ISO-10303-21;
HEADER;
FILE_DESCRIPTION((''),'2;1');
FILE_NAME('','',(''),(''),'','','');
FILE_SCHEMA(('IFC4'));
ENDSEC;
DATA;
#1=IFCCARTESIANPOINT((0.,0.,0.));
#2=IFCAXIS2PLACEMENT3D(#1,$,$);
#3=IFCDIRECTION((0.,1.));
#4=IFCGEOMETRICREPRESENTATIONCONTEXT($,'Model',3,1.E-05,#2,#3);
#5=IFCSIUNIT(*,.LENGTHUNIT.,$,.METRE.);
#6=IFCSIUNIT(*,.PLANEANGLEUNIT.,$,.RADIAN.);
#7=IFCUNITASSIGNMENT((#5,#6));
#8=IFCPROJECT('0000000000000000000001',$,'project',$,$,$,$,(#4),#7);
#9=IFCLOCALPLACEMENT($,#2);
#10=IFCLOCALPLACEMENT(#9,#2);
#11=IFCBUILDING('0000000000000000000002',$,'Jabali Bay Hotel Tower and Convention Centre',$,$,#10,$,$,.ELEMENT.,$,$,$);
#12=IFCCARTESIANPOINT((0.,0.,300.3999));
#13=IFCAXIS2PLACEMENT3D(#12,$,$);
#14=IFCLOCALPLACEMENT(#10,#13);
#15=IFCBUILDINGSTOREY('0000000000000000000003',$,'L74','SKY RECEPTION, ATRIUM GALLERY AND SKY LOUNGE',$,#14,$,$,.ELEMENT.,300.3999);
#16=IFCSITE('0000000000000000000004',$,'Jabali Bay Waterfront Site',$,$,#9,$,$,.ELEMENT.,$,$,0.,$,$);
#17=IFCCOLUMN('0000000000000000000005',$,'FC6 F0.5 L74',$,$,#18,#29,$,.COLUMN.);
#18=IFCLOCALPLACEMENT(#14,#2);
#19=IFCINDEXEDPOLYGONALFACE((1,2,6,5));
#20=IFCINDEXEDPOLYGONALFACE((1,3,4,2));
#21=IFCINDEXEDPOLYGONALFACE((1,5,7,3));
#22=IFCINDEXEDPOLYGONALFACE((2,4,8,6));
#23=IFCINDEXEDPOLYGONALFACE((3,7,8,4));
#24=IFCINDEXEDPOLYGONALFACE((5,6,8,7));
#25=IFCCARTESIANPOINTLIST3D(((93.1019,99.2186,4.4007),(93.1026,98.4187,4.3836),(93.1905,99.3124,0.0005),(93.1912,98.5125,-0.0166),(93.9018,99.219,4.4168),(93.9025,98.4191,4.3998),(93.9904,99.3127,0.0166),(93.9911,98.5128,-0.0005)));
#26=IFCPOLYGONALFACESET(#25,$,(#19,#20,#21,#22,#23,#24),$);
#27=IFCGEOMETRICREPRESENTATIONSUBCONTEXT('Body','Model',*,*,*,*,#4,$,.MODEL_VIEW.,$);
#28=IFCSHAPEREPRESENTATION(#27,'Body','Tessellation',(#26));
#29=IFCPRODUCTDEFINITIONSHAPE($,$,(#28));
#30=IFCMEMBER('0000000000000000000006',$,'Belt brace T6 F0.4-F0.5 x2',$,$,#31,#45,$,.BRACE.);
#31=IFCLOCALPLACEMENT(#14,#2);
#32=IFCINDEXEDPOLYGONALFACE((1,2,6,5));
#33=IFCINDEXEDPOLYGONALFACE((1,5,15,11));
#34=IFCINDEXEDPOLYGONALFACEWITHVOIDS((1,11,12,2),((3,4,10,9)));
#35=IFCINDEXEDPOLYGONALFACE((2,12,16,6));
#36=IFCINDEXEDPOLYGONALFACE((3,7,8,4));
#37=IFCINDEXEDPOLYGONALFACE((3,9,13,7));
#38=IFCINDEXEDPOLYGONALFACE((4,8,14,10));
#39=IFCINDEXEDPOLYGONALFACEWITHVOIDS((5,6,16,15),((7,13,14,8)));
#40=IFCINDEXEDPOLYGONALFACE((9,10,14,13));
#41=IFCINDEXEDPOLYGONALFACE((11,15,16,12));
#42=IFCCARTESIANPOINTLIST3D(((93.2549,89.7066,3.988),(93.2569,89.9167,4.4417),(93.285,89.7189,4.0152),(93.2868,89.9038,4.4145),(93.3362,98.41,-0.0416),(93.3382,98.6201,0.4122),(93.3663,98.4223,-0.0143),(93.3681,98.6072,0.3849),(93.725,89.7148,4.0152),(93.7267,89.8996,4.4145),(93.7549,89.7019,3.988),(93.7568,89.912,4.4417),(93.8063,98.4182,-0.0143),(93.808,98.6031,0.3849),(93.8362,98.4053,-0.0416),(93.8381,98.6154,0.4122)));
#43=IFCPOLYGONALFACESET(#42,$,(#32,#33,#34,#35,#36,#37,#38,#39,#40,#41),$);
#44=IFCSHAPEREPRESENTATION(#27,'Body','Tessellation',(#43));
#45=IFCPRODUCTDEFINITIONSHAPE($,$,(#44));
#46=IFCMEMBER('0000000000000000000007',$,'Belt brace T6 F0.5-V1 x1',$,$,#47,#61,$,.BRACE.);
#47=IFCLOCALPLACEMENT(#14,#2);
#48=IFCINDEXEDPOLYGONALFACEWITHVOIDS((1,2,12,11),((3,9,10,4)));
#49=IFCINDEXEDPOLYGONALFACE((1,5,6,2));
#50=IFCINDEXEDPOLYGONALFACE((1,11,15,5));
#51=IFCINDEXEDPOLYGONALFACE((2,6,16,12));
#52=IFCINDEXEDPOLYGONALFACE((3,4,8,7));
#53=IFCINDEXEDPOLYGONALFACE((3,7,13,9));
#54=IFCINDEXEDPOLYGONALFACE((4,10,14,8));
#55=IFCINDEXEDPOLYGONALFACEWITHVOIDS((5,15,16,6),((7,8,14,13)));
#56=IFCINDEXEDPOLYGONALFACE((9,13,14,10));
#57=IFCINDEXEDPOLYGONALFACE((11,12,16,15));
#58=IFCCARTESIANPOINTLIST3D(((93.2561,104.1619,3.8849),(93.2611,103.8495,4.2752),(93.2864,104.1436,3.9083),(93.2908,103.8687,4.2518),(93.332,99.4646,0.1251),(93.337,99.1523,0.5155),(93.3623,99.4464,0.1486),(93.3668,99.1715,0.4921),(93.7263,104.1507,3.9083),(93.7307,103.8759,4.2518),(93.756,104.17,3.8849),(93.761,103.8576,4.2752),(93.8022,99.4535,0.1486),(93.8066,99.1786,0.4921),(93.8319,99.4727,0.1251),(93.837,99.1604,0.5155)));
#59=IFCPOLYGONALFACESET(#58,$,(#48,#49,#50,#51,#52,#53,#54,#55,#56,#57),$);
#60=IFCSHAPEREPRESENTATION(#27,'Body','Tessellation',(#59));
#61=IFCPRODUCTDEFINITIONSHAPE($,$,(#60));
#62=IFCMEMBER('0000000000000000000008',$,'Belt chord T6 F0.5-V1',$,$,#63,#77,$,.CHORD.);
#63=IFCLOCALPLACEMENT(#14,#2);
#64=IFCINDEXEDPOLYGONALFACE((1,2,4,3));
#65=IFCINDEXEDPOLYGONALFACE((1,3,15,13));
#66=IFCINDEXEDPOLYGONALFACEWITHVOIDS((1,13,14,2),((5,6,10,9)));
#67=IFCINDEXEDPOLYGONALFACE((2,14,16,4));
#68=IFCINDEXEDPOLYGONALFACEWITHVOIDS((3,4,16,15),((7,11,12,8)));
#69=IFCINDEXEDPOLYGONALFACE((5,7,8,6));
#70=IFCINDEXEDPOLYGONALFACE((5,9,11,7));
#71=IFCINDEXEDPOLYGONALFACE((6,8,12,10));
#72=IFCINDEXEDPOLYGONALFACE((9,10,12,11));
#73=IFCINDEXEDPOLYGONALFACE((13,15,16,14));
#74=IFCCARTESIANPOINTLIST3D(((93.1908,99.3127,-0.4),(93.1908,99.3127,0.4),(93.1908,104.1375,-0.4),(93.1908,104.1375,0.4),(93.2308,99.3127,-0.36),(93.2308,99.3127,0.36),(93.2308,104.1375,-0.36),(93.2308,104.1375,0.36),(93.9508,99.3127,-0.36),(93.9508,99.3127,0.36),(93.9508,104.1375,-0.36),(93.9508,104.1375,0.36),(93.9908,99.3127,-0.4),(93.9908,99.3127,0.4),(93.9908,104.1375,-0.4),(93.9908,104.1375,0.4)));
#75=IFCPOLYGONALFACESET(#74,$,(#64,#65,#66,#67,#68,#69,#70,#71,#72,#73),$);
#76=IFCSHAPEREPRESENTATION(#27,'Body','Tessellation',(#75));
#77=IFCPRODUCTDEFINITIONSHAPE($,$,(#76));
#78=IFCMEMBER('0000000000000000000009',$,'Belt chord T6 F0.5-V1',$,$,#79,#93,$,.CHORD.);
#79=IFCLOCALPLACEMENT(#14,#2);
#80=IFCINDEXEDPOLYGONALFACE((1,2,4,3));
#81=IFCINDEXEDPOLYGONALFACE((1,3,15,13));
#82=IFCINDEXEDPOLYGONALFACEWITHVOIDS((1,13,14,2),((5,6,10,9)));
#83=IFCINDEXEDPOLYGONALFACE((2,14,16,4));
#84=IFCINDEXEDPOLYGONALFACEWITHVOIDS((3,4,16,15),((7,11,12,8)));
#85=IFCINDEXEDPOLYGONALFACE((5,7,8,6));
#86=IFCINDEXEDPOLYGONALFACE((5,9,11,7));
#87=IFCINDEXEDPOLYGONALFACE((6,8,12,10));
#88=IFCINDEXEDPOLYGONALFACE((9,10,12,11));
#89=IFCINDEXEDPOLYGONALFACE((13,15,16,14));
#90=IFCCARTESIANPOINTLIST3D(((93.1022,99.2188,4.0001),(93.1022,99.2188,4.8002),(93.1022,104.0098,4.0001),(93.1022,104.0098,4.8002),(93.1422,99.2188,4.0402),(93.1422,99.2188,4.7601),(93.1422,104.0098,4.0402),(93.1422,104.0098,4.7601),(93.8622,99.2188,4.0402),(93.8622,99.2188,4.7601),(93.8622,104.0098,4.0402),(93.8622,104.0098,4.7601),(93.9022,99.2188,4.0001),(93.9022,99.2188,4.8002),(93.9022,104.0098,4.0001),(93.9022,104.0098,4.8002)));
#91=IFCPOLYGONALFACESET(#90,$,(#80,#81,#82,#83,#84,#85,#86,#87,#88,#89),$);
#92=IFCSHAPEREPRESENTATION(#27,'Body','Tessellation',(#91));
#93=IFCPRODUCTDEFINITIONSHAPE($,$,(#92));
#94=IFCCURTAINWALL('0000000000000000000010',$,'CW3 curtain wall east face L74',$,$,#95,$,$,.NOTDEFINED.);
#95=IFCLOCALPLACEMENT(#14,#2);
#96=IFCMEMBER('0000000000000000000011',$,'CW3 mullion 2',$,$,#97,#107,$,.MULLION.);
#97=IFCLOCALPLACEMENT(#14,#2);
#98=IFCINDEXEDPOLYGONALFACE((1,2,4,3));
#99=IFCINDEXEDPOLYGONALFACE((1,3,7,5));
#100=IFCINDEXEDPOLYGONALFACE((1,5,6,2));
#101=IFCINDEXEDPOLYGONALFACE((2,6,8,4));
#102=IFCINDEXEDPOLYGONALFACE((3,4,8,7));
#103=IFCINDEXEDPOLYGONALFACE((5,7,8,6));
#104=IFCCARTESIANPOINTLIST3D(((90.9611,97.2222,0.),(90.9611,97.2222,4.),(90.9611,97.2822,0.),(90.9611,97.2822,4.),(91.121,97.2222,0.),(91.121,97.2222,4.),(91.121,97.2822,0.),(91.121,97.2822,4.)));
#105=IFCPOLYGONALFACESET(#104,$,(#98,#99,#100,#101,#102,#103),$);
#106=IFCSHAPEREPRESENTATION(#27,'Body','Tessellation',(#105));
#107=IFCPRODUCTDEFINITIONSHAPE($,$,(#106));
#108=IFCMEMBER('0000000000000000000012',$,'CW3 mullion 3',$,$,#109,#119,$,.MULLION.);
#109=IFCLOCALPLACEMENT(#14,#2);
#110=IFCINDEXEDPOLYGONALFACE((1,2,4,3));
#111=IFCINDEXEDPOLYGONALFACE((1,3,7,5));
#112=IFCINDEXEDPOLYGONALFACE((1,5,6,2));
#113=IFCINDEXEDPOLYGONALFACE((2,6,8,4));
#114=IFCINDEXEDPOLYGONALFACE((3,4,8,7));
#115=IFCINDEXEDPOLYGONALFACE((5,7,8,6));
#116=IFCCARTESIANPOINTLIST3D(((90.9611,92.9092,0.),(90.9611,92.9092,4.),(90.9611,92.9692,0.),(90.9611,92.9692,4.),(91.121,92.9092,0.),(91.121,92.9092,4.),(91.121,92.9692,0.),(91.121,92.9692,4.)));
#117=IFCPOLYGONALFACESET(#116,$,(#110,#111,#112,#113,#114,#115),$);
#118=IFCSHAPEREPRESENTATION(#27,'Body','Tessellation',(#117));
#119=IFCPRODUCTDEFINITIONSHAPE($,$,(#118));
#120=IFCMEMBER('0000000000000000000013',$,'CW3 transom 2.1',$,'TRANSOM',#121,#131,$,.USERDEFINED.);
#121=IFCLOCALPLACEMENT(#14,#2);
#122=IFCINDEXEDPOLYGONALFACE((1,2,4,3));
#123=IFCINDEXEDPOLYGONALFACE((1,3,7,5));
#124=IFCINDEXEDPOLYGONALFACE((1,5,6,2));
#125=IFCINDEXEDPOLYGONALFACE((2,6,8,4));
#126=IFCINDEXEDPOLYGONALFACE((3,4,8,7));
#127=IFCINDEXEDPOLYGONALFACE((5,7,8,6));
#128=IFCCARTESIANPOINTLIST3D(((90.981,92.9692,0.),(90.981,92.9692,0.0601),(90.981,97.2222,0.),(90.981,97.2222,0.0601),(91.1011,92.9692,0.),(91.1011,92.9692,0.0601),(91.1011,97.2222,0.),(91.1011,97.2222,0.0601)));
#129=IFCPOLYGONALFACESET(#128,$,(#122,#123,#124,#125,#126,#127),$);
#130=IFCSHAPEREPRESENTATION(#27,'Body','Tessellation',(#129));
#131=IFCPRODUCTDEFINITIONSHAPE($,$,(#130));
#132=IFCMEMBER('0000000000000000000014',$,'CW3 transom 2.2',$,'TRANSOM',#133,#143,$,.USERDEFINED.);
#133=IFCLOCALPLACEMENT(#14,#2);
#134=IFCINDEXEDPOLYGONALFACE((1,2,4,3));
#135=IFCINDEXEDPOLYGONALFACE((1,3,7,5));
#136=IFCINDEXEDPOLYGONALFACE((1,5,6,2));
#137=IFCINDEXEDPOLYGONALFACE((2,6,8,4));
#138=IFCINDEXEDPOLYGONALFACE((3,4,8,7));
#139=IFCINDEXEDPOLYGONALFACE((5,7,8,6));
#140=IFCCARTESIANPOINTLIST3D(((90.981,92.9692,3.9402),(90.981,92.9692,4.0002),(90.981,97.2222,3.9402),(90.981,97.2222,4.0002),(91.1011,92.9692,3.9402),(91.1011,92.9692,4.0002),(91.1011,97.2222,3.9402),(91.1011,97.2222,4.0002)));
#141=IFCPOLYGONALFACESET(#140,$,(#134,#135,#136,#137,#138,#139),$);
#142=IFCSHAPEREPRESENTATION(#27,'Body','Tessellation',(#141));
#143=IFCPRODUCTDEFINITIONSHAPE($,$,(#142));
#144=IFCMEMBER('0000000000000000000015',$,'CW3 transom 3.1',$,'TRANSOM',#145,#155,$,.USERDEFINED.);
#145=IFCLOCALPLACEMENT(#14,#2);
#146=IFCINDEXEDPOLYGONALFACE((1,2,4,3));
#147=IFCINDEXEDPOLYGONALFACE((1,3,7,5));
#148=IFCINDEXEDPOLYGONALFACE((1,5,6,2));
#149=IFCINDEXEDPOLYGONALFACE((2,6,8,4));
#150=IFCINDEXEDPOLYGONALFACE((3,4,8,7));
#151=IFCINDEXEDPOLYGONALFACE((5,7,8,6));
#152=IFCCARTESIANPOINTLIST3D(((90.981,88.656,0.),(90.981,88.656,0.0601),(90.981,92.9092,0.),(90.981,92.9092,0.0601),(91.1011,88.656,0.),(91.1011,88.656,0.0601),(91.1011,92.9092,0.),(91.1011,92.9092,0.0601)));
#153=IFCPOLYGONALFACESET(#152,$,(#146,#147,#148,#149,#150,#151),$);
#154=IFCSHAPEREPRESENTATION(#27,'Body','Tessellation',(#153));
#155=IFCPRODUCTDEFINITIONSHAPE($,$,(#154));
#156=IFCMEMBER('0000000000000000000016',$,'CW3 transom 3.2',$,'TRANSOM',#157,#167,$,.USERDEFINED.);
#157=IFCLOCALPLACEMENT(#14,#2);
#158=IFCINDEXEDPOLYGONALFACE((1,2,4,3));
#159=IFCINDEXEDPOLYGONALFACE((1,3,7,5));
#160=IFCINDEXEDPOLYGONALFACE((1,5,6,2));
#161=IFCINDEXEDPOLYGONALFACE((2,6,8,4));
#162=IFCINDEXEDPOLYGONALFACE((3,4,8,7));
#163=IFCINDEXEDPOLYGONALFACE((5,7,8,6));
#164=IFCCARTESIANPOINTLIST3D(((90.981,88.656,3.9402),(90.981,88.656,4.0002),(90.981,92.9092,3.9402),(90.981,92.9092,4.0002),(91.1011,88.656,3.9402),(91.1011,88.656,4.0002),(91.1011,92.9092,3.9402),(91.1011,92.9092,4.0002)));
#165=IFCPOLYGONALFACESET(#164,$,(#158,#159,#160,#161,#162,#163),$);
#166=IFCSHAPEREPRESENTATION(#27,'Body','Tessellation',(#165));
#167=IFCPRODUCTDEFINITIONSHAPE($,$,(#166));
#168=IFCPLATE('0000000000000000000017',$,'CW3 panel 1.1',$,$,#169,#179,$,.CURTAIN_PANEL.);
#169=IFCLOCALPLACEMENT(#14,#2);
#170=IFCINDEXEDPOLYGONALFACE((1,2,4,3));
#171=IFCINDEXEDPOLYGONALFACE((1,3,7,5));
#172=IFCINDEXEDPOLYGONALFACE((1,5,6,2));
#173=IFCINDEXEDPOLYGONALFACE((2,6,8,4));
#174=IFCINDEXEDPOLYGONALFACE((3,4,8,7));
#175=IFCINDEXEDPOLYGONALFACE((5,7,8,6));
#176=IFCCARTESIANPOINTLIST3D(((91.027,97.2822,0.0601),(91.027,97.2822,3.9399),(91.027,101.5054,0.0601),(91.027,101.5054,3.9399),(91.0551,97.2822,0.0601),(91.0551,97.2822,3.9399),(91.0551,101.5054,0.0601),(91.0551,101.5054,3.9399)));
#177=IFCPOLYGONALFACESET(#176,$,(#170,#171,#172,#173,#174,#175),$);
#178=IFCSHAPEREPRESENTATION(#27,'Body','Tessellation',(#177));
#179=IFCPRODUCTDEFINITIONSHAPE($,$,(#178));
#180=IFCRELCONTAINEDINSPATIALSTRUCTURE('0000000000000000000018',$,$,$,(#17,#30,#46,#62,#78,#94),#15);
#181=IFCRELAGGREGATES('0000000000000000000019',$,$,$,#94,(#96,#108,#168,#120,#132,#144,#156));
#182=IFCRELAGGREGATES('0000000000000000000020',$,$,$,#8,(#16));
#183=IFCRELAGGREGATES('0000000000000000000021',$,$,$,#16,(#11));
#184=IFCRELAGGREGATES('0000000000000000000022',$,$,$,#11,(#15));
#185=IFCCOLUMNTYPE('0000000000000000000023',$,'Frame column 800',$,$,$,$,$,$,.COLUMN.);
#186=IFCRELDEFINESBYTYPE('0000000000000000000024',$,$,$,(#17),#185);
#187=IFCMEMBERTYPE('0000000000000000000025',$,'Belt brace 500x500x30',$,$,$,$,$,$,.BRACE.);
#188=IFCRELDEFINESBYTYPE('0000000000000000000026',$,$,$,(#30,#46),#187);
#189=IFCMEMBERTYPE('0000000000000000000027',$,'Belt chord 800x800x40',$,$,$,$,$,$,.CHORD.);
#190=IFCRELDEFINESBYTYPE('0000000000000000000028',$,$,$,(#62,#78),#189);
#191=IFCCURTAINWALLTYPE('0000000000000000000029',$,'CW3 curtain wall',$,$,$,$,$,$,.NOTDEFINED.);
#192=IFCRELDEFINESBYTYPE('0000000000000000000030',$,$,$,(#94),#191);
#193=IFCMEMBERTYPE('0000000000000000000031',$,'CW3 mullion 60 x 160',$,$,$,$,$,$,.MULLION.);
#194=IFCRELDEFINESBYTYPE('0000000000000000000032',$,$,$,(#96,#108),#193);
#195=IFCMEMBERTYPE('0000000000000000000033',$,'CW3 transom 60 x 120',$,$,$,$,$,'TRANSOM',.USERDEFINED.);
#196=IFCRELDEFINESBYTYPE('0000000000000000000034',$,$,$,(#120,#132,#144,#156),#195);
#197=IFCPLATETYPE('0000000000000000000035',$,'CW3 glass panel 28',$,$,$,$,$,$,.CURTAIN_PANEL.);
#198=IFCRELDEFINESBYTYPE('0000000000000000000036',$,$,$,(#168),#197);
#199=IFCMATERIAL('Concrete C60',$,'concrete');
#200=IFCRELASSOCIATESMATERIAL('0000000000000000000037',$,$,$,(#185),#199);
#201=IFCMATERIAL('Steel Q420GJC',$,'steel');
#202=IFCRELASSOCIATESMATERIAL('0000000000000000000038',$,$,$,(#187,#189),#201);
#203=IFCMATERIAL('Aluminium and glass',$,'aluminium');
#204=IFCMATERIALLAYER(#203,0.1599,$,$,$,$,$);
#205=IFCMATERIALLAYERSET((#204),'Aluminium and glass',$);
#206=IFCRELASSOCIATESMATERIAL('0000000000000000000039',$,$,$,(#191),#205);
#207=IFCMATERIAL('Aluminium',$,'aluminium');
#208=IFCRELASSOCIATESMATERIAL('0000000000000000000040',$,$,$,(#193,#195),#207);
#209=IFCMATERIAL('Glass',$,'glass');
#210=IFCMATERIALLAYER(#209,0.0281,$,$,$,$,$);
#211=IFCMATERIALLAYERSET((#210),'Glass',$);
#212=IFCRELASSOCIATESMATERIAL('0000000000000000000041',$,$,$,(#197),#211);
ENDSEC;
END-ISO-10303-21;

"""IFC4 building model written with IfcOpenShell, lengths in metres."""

from ifc_helpers import new_model, si_unit, direction, frame, origin, origin_2d, place, context, subcontext, project, spatial, rectangle, hollow_rectangle, extrude, material, layer, layer_set, material_profile, profile_set, type_object, element, aggregate, save


model = new_model("IFC4")

# Units and contexts
model_context = context("Model", 3, precision=1e-05, world=origin(), true_north=direction((0.0, 1.0)))
body_context = subcontext(model_context, "Body", "Model", "MODEL_VIEW")
ifc_project = project(units=[si_unit("LENGTHUNIT", "METRE"), si_unit("PLANEANGLEUNIT", "RADIAN")], contexts=[model_context])

# Site, building, storey
site_placement = place(None, origin())
site = spatial("IfcSite", under=ifc_project, at=site_placement, Name="Jabali Bay Waterfront Site", CompositionType="ELEMENT", RefElevation=0.0)
building_placement = place(site_placement, origin())
building = spatial("IfcBuilding", under=site, at=building_placement, Name="Jabali Bay Hotel Tower and Convention Centre", CompositionType="ELEMENT")
storey_placement = place(building_placement, frame((0.0, 0.0, 300.3999)))
storey = spatial("IfcBuildingStorey", under=building, at=storey_placement, Name="L74", Description="SKY RECEPTION, ATRIUM GALLERY AND SKY LOUNGE", CompositionType="ELEMENT", Elevation=300.3999)

# Column
ifc_material_1 = material(Name="Concrete C60", Category="concrete")
ifc_material_profile_1 = material_profile(ifc_material_1, rectangle(XDim=0.8, YDim=0.8, at=origin_2d()), Name="Frame column 800")
ifc_profile_set_1 = profile_set([ifc_material_profile_1], Name="Concrete C60")
column_type = type_object("IfcColumnType", Name="Frame column 800", PredefinedType="COLUMN", material=ifc_profile_set_1)
column_placement = place(storey_placement, frame((93.5908, 98.9126, 0.0), z_axis=(-0.020132, -0.021297, 0.99957), x_axis=(0.999797, 0.000429, 0.020146)))
element("IfcColumn", 1, at=column_placement, inside=storey, type_object=column_type, Name="FC6 F0.5 L74", PredefinedType="COLUMN", context=body_context, shape_type="SweptSolid", body=[
    extrude(rectangle(XDim=0.8, YDim=0.8, at=origin_2d()), origin(), (0.0, 0.0, 1.0), 4.4021),
])

# Members
ifc_material_2 = material(Name="Steel Q420GJC", Category="steel")
ifc_material_profile_2 = material_profile(ifc_material_2, hollow_rectangle(XDim=0.5, YDim=0.5, WallThickness=0.03, at=origin_2d()), Name="Belt brace 500x500x30")
ifc_profile_set_2 = profile_set([ifc_material_profile_2], Name="Steel Q420GJC")
member_type_1 = type_object("IfcMemberType", Name="Belt brace 500x500x30", PredefinedType="BRACE", material=ifc_profile_set_2)
member_1_placement = place(storey_placement, frame((93.5872, 98.5127, 0.1853), z_axis=(-0.008476, -0.907426, 0.420126), x_axis=(0.999956, -0.009341, 0.0)))
element("IfcMember", 2, at=member_1_placement, inside=storey, type_object=member_type_1, Name="Belt brace T6 F0.4-F0.5 x2", PredefinedType="BRACE", context=body_context, shape_type="SweptSolid", body=[
    extrude(hollow_rectangle(XDim=0.5, YDim=0.5, WallThickness=0.03, at=origin_2d()), origin(), (0.0, 0.0, 1.0), 9.5913),
])
member_2_placement = place(storey_placement, frame((93.5845, 99.3125, 0.3203), z_axis=(-0.012619, 0.780648, 0.624843), x_axis=(-0.999869, -0.016162, 0.0)))
element("IfcMember", 3, at=member_2_placement, inside=storey, type_object=member_type_1, Name="Belt brace T6 F0.5-V1 x1", PredefinedType="BRACE", context=body_context, shape_type="SweptSolid", body=[
    extrude(hollow_rectangle(XDim=0.5, YDim=0.5, WallThickness=0.03, at=origin_2d()), origin(), (0.0, 0.0, 1.0), 6.0171),
])
ifc_material_profile_3 = material_profile(ifc_material_2, hollow_rectangle(XDim=0.8, YDim=0.8, WallThickness=0.04, at=origin_2d()), Name="Belt chord 800x800x40")
ifc_profile_set_3 = profile_set([ifc_material_profile_3], Name="Steel Q420GJC")
member_type_2 = type_object("IfcMemberType", Name="Belt chord 800x800x40", PredefinedType="CHORD", material=ifc_profile_set_3)
member_3_placement = place(storey_placement, frame((93.5908, 99.3127, 0.0), z_axis=(0.0, 1.0, 0.0), x_axis=(-1.0, 0.0, 0.0)))
element("IfcMember", 4, at=member_3_placement, inside=storey, type_object=member_type_2, Name="Belt chord T6 F0.5-V1", PredefinedType="CHORD", context=body_context, shape_type="SweptSolid", body=[
    extrude(hollow_rectangle(XDim=0.8, YDim=0.8, WallThickness=0.04, at=origin_2d()), origin(), (0.0, 0.0, 1.0), 4.8247),
])
member_4_placement = place(storey_placement, frame((93.5022, 99.2188, 4.4001), z_axis=(0.0, 1.0, 0.0), x_axis=(-1.0, 0.0, 0.0)))
element("IfcMember", 5, at=member_4_placement, inside=storey, type_object=member_type_2, Name="Belt chord T6 F0.5-V1", PredefinedType="CHORD", context=body_context, shape_type="SweptSolid", body=[
    extrude(hollow_rectangle(XDim=0.8, YDim=0.8, WallThickness=0.04, at=origin_2d()), origin(), (0.0, 0.0, 1.0), 4.791),
])

# Curtain wall, members, plate
ifc_material_3 = material(Name="Aluminium and glass", Category="aluminium")
ifc_layer_1 = layer(ifc_material_3, 0.1599)
ifc_layer_set_1 = layer_set([ifc_layer_1], Name="Aluminium and glass")
curtain_wall_type = type_object("IfcCurtainWallType", Name="CW3 curtain wall", PredefinedType="NOTDEFINED", material=ifc_layer_set_1)
curtain_wall_placement = place(storey_placement, origin())
curtain_wall = element("IfcCurtainWall", 6, at=curtain_wall_placement, inside=storey, type_object=curtain_wall_type, Name="CW3 curtain wall east face L74", PredefinedType="NOTDEFINED")
ifc_material_4 = material(Name="Aluminium", Category="aluminium")
ifc_material_profile_4 = material_profile(ifc_material_4, rectangle(XDim=0.1599, YDim=0.0601, at=origin_2d()), Name="CW3 mullion 60 x 160")
ifc_profile_set_4 = profile_set([ifc_material_profile_4], Name="Aluminium")
member_type_3 = type_object("IfcMemberType", Name="CW3 mullion 60 x 160", PredefinedType="MULLION", material=ifc_profile_set_4)
member_5_placement = place(storey_placement, frame((91.041, 97.2522, 0.0), z_axis=(0.0, 0.0, 1.0), x_axis=(1.0, 0.0, 0.0)))
member_5 = element("IfcMember", 7, at=member_5_placement, type_object=member_type_3, Name="CW3 mullion 2", PredefinedType="MULLION", context=body_context, shape_type="SweptSolid", body=[
    extrude(rectangle(XDim=0.1599, YDim=0.0601, at=origin_2d()), origin(), (0.0, 0.0, 1.0), 4.0),
])
member_6_placement = place(storey_placement, frame((91.041, 92.9392, 0.0), z_axis=(0.0, 0.0, 1.0), x_axis=(1.0, 0.0, 0.0)))
member_6 = element("IfcMember", 8, at=member_6_placement, type_object=member_type_3, Name="CW3 mullion 3", PredefinedType="MULLION", context=body_context, shape_type="SweptSolid", body=[
    extrude(rectangle(XDim=0.1599, YDim=0.0601, at=origin_2d()), origin(), (0.0, 0.0, 1.0), 4.0),
])
ifc_material_profile_5 = material_profile(ifc_material_4, rectangle(XDim=0.1201, YDim=0.0601, at=origin_2d()), Name="CW3 transom 60 x 120")
ifc_profile_set_5 = profile_set([ifc_material_profile_5], Name="Aluminium")
member_type_4 = type_object("IfcMemberType", Name="CW3 transom 60 x 120", ElementType="TRANSOM", PredefinedType="USERDEFINED", material=ifc_profile_set_5)
member_7_placement = place(storey_placement, frame((91.041, 97.2222, 0.03), z_axis=(0.0, -1.0, 0.0), x_axis=(1.0, 0.0, 0.0)))
member_7 = element("IfcMember", 9, at=member_7_placement, type_object=member_type_4, Name="CW3 transom 2.1", ObjectType="TRANSOM", PredefinedType="USERDEFINED", context=body_context, shape_type="SweptSolid", body=[
    extrude(rectangle(XDim=0.1201, YDim=0.0601, at=origin_2d()), origin(), (0.0, 0.0, 1.0), 4.2529),
])
member_8_placement = place(storey_placement, frame((91.041, 97.2222, 3.9702), z_axis=(0.0, -1.0, 0.0), x_axis=(1.0, 0.0, 0.0)))
member_8 = element("IfcMember", 10, at=member_8_placement, type_object=member_type_4, Name="CW3 transom 2.2", ObjectType="TRANSOM", PredefinedType="USERDEFINED", context=body_context, shape_type="SweptSolid", body=[
    extrude(rectangle(XDim=0.1201, YDim=0.0601, at=origin_2d()), origin(), (0.0, 0.0, 1.0), 4.2529),
])
member_9_placement = place(storey_placement, frame((91.041, 92.9092, 0.03), z_axis=(0.0, -1.0, 0.0), x_axis=(1.0, 0.0, 0.0)))
member_9 = element("IfcMember", 11, at=member_9_placement, type_object=member_type_4, Name="CW3 transom 3.1", ObjectType="TRANSOM", PredefinedType="USERDEFINED", context=body_context, shape_type="SweptSolid", body=[
    extrude(rectangle(XDim=0.1201, YDim=0.0601, at=origin_2d()), origin(), (0.0, 0.0, 1.0), 4.2532),
])
member_10_placement = place(storey_placement, frame((91.041, 92.9092, 3.9702), z_axis=(0.0, -1.0, 0.0), x_axis=(1.0, 0.0, 0.0)))
member_10 = element("IfcMember", 12, at=member_10_placement, type_object=member_type_4, Name="CW3 transom 3.2", ObjectType="TRANSOM", PredefinedType="USERDEFINED", context=body_context, shape_type="SweptSolid", body=[
    extrude(rectangle(XDim=0.1201, YDim=0.0601, at=origin_2d()), origin(), (0.0, 0.0, 1.0), 4.2532),
])
ifc_material_5 = material(Name="Glass", Category="glass")
ifc_layer_2 = layer(ifc_material_5, 0.0281)
ifc_layer_set_2 = layer_set([ifc_layer_2], Name="Glass")
plate_type = type_object("IfcPlateType", Name="CW3 glass panel 28", PredefinedType="CURTAIN_PANEL", material=ifc_layer_set_2)
plate_1_placement = place(storey_placement, frame((91.041, 99.3938, 0.0601), z_axis=(0.0, 0.0, 1.0), x_axis=(0.0, -1.0, 0.0)))
plate_1 = element("IfcPlate", 13, at=plate_1_placement, type_object=plate_type, Name="CW3 panel 1.1", PredefinedType="CURTAIN_PANEL", context=body_context, shape_type="SweptSolid", body=[
    extrude(rectangle(XDim=4.2231, YDim=0.0281, at=origin_2d()), origin(), (0.0, 0.0, 1.0), 3.8799),
])
aggregate(curtain_wall, [member_5, member_6, plate_1, member_7, member_8, member_9, member_10])

save(model, "model.ifc")
